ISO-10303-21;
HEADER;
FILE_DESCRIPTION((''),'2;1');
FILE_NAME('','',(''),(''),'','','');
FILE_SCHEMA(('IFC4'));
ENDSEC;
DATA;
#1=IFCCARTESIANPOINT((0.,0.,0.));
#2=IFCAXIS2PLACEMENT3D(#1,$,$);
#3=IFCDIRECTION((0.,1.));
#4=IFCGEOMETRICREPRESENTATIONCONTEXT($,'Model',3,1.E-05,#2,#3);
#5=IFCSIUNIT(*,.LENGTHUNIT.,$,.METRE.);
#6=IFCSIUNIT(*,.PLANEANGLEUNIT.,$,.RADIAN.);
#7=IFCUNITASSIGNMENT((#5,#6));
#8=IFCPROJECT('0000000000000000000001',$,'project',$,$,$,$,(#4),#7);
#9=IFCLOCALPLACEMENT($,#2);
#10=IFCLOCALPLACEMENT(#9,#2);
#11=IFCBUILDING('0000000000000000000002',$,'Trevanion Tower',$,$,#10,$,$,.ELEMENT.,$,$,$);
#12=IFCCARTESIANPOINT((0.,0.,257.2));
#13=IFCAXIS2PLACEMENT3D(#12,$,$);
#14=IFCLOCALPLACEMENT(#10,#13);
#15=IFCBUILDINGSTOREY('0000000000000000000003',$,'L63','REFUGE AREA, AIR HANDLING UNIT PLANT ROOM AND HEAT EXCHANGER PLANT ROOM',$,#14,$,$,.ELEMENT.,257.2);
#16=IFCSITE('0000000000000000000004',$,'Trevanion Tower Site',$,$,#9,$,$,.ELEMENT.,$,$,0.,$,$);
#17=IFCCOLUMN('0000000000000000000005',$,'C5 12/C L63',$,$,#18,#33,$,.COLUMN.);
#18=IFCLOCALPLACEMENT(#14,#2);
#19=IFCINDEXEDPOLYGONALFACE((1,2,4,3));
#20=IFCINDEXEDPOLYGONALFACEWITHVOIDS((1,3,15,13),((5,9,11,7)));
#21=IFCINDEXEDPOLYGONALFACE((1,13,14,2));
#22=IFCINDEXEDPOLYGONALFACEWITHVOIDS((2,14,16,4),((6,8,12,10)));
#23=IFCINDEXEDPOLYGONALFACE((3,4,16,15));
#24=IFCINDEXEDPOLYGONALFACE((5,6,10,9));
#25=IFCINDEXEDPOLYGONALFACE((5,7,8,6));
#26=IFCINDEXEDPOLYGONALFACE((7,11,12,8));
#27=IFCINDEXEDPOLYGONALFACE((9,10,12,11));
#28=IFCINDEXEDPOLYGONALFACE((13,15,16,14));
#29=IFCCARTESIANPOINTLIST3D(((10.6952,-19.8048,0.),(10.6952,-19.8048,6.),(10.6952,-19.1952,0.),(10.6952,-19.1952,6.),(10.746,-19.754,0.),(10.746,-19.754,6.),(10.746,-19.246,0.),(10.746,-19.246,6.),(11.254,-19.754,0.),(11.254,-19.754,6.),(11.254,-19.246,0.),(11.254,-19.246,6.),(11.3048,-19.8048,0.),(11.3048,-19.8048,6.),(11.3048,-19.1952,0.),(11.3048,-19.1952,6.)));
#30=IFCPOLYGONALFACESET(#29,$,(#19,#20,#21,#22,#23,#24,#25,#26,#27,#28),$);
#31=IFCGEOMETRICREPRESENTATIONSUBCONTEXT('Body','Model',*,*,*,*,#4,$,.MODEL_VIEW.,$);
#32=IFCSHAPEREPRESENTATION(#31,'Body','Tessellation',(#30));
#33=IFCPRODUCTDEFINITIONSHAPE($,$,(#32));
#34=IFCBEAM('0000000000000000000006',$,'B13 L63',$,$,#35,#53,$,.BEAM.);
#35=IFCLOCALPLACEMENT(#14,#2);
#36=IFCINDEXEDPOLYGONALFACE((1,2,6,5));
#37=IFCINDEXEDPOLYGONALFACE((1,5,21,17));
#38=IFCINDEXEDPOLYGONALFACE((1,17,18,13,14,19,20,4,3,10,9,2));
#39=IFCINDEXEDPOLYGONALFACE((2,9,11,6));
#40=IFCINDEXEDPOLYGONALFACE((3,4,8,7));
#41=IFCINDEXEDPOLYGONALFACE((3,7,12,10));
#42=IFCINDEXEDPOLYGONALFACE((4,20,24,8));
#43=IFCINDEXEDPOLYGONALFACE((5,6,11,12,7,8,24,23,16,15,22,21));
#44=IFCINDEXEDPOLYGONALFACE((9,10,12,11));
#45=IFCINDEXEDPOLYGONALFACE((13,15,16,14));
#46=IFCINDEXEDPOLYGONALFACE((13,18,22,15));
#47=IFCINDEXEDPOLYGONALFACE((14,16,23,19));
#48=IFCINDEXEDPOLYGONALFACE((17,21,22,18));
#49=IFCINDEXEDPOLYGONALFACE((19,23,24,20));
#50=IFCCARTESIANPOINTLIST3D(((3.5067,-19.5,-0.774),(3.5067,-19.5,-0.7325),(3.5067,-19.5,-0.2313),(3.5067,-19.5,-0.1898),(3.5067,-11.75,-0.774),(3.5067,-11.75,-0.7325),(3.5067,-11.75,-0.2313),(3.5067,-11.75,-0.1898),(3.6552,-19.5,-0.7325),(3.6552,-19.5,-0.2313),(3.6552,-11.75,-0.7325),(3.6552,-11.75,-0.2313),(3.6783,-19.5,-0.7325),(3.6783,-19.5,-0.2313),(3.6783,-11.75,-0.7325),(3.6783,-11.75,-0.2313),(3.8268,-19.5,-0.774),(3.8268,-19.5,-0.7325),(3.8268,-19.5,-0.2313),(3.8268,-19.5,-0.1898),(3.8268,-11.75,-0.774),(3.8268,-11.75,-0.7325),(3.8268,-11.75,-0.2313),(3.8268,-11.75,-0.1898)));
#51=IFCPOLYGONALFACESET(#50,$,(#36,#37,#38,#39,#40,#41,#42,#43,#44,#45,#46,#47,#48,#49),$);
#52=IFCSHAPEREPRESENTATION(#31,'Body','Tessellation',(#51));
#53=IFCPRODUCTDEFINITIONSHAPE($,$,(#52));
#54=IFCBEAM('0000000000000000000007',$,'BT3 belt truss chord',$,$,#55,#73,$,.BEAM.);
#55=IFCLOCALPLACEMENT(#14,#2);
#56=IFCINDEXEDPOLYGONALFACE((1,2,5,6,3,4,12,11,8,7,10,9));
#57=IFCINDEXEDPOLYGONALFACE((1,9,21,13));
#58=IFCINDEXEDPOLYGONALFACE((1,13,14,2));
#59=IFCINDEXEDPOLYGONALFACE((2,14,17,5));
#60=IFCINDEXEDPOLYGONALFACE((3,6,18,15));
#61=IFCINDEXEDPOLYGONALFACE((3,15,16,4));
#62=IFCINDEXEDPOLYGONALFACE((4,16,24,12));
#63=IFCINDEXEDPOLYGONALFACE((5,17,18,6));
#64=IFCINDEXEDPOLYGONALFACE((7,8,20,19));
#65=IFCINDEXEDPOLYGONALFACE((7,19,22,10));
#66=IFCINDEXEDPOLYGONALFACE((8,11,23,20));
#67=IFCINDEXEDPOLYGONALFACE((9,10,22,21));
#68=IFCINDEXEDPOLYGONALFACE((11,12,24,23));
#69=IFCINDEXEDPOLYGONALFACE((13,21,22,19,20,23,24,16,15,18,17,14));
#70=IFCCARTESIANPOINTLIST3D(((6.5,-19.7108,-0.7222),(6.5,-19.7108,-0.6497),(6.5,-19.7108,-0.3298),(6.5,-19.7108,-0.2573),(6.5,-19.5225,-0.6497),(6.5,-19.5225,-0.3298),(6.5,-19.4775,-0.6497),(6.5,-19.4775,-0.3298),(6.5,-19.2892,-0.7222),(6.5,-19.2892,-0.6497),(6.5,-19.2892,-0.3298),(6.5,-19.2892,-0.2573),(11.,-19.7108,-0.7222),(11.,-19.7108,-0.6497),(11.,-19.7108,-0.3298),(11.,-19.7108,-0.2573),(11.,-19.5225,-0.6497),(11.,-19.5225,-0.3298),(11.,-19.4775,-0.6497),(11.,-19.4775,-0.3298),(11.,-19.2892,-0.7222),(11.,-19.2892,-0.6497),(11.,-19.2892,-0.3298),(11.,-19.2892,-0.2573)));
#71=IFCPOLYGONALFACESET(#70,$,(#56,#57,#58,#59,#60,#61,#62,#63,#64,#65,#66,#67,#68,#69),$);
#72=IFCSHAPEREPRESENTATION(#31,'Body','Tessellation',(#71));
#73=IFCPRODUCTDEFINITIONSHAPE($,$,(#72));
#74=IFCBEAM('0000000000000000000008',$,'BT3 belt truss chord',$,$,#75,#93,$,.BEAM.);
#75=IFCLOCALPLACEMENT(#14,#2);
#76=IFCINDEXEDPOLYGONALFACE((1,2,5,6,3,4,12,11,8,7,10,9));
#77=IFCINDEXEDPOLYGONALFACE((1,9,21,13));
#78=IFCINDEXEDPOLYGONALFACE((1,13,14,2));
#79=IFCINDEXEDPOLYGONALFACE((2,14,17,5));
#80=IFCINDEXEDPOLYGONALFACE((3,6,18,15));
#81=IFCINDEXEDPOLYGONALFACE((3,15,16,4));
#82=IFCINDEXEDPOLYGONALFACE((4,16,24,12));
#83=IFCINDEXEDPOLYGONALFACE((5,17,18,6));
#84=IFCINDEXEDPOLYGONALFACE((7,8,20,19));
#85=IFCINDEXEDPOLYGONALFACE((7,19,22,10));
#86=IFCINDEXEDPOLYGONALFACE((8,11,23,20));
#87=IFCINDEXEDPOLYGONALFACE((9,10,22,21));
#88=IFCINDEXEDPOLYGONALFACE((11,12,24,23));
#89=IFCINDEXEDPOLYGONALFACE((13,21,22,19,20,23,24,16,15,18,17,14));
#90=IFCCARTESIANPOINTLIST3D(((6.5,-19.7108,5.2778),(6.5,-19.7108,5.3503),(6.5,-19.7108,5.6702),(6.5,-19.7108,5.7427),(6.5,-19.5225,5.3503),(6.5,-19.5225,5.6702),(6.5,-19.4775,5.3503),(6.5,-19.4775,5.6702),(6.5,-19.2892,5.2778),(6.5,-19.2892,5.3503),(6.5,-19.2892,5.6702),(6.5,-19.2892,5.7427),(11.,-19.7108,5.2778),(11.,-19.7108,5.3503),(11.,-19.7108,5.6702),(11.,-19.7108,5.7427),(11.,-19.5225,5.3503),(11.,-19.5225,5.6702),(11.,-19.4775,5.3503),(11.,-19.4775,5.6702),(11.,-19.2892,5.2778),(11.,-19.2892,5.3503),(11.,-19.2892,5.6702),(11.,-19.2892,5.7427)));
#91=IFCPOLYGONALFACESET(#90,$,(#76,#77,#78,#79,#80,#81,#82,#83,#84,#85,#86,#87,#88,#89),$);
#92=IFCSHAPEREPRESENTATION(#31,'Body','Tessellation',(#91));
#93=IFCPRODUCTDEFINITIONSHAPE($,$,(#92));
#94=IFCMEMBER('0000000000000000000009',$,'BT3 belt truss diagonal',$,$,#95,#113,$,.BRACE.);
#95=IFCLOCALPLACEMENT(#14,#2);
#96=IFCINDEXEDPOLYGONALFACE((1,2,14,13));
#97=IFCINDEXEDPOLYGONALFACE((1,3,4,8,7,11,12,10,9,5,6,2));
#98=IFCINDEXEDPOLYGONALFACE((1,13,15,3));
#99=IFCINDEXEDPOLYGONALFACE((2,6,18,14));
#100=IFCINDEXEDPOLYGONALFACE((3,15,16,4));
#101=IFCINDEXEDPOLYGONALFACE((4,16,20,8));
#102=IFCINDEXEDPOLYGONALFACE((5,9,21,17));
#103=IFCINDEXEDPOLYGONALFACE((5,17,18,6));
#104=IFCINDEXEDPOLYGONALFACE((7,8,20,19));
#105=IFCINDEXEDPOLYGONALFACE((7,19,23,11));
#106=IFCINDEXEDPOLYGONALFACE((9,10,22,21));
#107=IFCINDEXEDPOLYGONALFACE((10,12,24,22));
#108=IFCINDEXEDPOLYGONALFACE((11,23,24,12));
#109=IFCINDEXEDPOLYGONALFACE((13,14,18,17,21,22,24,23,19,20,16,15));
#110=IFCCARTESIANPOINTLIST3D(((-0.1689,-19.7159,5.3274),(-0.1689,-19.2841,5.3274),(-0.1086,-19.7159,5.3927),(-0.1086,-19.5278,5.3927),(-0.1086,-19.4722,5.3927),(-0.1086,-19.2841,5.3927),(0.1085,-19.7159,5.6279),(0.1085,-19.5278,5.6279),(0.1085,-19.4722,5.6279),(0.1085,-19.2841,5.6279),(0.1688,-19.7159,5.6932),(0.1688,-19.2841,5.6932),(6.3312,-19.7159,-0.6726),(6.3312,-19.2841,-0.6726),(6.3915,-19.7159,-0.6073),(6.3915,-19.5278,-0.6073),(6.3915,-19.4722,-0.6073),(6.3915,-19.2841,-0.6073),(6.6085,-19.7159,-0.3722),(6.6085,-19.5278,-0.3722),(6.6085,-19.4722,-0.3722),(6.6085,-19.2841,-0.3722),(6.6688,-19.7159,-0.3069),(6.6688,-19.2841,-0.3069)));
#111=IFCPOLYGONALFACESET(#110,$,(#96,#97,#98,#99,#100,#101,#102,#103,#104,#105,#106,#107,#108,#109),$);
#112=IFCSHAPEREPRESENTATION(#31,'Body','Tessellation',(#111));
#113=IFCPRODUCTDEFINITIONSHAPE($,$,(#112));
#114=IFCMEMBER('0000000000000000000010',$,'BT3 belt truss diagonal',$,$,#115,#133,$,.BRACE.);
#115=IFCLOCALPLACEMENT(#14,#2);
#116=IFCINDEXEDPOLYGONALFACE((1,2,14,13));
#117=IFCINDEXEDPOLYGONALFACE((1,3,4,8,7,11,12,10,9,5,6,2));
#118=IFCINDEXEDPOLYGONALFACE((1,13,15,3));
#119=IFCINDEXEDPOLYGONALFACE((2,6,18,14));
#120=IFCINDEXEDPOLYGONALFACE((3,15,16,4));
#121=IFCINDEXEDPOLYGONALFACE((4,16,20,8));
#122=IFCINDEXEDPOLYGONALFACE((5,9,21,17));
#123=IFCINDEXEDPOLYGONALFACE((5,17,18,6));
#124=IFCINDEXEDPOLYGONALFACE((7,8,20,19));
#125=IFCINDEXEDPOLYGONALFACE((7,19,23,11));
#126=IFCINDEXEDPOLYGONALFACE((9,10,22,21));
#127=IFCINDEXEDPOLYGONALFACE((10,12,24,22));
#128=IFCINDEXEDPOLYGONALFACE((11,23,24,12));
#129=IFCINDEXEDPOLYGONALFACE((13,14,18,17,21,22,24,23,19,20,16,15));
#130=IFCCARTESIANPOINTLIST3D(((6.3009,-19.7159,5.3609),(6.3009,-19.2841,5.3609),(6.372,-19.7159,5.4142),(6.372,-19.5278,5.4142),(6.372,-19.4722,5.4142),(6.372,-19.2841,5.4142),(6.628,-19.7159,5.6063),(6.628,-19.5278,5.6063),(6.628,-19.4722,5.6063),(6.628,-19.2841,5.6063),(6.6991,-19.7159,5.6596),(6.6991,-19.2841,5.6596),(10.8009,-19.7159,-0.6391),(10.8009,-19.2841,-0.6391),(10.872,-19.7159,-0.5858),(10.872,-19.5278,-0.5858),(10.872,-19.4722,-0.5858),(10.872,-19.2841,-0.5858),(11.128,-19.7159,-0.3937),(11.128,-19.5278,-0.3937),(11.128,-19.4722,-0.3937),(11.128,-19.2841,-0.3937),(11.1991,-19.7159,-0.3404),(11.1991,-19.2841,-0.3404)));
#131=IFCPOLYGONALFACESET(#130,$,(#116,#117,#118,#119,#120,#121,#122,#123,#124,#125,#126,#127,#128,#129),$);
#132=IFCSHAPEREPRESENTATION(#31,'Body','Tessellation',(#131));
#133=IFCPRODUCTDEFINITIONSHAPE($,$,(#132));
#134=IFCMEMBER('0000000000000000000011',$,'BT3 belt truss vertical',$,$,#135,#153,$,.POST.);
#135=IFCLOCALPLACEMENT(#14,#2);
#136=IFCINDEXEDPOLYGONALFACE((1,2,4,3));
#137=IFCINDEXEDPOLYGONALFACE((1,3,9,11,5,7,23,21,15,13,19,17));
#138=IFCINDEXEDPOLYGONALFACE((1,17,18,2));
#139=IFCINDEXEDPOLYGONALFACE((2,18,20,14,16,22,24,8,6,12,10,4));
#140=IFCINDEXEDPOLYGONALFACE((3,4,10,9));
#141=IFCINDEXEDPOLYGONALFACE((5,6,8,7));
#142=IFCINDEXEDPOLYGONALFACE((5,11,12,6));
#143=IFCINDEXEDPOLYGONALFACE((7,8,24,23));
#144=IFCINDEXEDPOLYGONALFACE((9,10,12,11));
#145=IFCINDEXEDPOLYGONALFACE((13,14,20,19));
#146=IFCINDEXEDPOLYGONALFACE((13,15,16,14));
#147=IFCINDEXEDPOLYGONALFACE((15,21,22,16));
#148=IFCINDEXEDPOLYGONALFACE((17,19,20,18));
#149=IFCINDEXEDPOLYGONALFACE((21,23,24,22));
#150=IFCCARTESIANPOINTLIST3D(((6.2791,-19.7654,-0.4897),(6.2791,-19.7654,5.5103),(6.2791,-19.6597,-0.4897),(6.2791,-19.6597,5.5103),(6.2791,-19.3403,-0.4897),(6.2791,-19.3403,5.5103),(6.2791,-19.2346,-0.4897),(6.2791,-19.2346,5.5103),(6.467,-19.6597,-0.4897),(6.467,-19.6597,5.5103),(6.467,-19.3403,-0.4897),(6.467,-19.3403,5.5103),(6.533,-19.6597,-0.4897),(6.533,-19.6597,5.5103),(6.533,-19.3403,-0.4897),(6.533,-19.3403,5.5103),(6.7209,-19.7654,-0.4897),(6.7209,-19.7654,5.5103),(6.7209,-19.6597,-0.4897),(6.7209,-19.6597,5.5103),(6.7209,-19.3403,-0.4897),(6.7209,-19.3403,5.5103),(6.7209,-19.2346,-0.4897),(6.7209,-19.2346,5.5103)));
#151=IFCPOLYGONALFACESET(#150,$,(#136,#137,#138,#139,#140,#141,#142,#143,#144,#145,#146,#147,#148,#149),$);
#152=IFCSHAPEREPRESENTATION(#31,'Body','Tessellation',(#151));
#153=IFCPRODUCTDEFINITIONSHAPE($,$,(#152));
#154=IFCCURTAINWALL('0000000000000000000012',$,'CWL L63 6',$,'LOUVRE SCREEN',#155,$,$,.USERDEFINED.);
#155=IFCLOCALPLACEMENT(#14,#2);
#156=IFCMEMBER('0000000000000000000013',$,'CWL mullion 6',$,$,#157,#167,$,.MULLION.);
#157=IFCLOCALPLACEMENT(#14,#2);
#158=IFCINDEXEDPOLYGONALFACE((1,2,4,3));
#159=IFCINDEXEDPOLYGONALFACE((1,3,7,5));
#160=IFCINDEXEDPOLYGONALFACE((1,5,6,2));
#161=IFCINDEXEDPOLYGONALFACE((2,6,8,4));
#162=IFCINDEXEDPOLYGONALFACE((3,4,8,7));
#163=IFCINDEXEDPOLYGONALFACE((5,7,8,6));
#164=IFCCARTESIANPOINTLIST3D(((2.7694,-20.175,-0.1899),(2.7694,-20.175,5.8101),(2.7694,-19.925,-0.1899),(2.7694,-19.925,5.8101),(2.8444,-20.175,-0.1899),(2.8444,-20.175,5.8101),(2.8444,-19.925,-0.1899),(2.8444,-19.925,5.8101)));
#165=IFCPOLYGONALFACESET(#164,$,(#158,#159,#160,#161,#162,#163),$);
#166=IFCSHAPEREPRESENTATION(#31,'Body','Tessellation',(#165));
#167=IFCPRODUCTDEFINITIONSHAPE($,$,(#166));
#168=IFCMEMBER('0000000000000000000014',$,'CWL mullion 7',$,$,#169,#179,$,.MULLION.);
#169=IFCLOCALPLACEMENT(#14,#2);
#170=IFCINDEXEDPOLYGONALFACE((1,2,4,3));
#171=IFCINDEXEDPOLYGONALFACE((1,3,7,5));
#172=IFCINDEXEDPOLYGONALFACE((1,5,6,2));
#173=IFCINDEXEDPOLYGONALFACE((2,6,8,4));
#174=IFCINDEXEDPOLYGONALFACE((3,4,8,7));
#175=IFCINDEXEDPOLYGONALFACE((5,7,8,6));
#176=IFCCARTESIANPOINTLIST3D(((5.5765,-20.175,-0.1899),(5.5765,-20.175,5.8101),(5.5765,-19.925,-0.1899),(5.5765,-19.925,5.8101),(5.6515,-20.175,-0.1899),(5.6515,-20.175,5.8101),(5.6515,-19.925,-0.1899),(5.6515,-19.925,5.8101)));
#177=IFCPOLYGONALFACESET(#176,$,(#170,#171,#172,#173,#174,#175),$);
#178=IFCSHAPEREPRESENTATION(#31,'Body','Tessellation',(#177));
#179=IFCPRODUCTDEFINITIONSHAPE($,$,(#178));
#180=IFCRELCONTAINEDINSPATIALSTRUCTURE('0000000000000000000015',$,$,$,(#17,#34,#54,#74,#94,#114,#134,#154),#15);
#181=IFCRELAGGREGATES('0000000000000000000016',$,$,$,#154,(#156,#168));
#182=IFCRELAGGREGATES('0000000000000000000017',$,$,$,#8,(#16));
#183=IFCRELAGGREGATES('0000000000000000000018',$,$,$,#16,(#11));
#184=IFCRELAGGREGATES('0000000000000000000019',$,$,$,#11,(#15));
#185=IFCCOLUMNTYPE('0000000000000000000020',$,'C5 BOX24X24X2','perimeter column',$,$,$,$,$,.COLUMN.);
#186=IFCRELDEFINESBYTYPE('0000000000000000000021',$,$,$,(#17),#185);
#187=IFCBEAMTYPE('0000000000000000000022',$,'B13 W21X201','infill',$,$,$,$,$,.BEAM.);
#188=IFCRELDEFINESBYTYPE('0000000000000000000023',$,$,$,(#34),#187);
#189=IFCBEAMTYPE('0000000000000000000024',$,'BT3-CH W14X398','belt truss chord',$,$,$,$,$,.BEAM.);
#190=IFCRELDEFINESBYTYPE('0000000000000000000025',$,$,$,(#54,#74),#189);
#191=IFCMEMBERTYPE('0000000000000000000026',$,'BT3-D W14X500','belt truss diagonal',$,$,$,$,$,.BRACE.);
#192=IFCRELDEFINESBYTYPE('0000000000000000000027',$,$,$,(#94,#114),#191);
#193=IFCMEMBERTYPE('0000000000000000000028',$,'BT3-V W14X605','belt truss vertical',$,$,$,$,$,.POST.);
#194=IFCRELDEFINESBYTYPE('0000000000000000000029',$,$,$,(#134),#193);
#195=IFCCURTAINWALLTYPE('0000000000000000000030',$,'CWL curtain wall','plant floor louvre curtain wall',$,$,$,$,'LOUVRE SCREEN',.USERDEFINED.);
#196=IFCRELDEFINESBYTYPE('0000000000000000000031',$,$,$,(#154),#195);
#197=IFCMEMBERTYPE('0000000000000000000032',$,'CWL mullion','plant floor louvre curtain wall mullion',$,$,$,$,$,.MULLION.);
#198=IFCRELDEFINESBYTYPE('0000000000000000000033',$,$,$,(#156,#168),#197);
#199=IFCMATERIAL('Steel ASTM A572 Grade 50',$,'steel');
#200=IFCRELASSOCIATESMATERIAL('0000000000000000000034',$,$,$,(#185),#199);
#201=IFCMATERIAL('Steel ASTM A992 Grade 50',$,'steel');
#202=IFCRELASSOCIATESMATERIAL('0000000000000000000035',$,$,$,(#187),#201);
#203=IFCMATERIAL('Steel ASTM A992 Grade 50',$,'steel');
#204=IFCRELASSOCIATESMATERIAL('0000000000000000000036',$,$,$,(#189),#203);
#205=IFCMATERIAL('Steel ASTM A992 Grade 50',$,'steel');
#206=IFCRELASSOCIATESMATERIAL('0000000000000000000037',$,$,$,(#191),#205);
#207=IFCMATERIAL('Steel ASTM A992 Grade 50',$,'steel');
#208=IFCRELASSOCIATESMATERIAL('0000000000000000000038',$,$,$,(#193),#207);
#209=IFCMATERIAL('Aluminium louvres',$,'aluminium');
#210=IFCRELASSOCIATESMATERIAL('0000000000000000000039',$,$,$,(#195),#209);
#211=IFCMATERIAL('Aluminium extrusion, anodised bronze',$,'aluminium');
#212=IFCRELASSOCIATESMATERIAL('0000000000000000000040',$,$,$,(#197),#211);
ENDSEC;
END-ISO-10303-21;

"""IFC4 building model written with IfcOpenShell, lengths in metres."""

from ifc_helpers import new_model, si_unit, direction, frame, origin, origin_2d, place, context, subcontext, project, spatial, rectangle, hollow_rectangle, i_section, extrude, material, material_profile, profile_set, type_object, element, aggregate, save


model = new_model("IFC4")

# Units and contexts
model_context = context("Model", 3, precision=1e-05, world=origin(), true_north=direction((0.0, 1.0)))
body_context = subcontext(model_context, "Body", "Model", "MODEL_VIEW")
ifc_project = project(units=[si_unit("LENGTHUNIT", "METRE"), si_unit("PLANEANGLEUNIT", "RADIAN")], contexts=[model_context])

# Site, building, storey
site_placement = place(None, origin())
site = spatial("IfcSite", under=ifc_project, at=site_placement, Name="Trevanion Tower Site", CompositionType="ELEMENT", RefElevation=0.0)
building_placement = place(site_placement, origin())
building = spatial("IfcBuilding", under=site, at=building_placement, Name="Trevanion Tower", CompositionType="ELEMENT")
storey_placement = place(building_placement, frame((0.0, 0.0, 257.2)))
storey = spatial("IfcBuildingStorey", under=building, at=storey_placement, Name="L63", Description="REFUGE AREA, AIR HANDLING UNIT PLANT ROOM AND HEAT EXCHANGER PLANT ROOM", CompositionType="ELEMENT", Elevation=257.2)

# Column
ifc_material_1 = material(Name="Steel ASTM A572 Grade 50", Category="steel")
ifc_material_profile_1 = material_profile(ifc_material_1, hollow_rectangle(XDim=0.6096, YDim=0.6096, WallThickness=0.0508, at=origin_2d()), Name="BOX24X24X2")
ifc_profile_set_1 = profile_set([ifc_material_profile_1], Name="Steel ASTM A572 Grade 50")
column_type = type_object("IfcColumnType", Name="C5 BOX24X24X2", Description="perimeter column", PredefinedType="COLUMN", material=ifc_profile_set_1)
column_placement = place(storey_placement, frame((11.0, -19.5, 0.0), z_axis=(0.0, 0.0, 1.0), x_axis=(1.0, 0.0, 0.0)))
element("IfcColumn", 1, at=column_placement, inside=storey, type_object=column_type, Name="C5 12/C L63", PredefinedType="COLUMN", context=body_context, shape_type="SweptSolid", body=[
    extrude(hollow_rectangle(XDim=0.6096, YDim=0.6096, WallThickness=0.0508, at=origin_2d()), origin(), (0.0, 0.0, 1.0), 6.0),
])

# Beams
ifc_material_2 = material(Name="Steel ASTM A992 Grade 50", Category="steel")
ifc_material_profile_2 = material_profile(ifc_material_2, i_section(OverallWidth=0.3201, OverallDepth=0.5842, WebThickness=0.0232, FlangeThickness=0.0415, at=origin_2d()), Name="W21X201")
ifc_profile_set_2 = profile_set([ifc_material_profile_2], Name="Steel ASTM A992 Grade 50")
beam_type_1 = type_object("IfcBeamType", Name="B13 W21X201", Description="infill", PredefinedType="BEAM", material=ifc_profile_set_2)
beam_1_placement = place(storey_placement, frame((3.6667, -11.75, -0.4819), z_axis=(0.0, -1.0, 0.0), x_axis=(1.0, 0.0, 0.0)))
element("IfcBeam", 2, at=beam_1_placement, inside=storey, type_object=beam_type_1, Name="B13 L63", PredefinedType="BEAM", context=body_context, shape_type="SweptSolid", body=[
    extrude(i_section(OverallWidth=0.3201, OverallDepth=0.5842, WebThickness=0.0232, FlangeThickness=0.0415, at=origin_2d()), origin(), (0.0, 0.0, 1.0), 7.75),
])
ifc_material_3 = material(Name="Steel ASTM A992 Grade 50", Category="steel")
ifc_material_profile_3 = material_profile(ifc_material_3, i_section(OverallWidth=0.4216, OverallDepth=0.4648, WebThickness=0.0449, FlangeThickness=0.0725, at=origin_2d()), Name="W14X398")
ifc_profile_set_3 = profile_set([ifc_material_profile_3], Name="Steel ASTM A992 Grade 50")
beam_type_2 = type_object("IfcBeamType", Name="BT3-CH W14X398", Description="belt truss chord", PredefinedType="BEAM", material=ifc_profile_set_3)
for number, where, z_axis, x_axis, name in (
    (3, (6.5, -19.5, -0.4897), (1.0, 0.0, 0.0), (0.0, 1.0, 0.0), "BT3 belt truss chord"),
    (4, (6.5, -19.5, 5.5103), (1.0, 0.0, 0.0), (0.0, 1.0, 0.0), "BT3 belt truss chord"),
):
    element("IfcBeam", number, at=place(storey_placement, frame(where, z_axis=z_axis, x_axis=x_axis)), inside=storey, type_object=beam_type_2, Name=name, PredefinedType="BEAM", context=body_context, shape_type="SweptSolid", body=[
        extrude(i_section(OverallWidth=0.4216, OverallDepth=0.4648, WebThickness=0.0449, FlangeThickness=0.0725, at=origin_2d()), origin(), (0.0, 0.0, 1.0), 4.5),
    ])

# Members
ifc_material_4 = material(Name="Steel ASTM A992 Grade 50", Category="steel")
ifc_material_profile_4 = material_profile(ifc_material_4, i_section(OverallWidth=0.4319, OverallDepth=0.4978, WebThickness=0.0557, FlangeThickness=0.0889, at=origin_2d()), Name="W14X500")
ifc_profile_set_4 = profile_set([ifc_material_profile_4], Name="Steel ASTM A992 Grade 50")
member_type_1 = type_object("IfcMemberType", Name="BT3-D W14X500", Description="belt truss diagonal", PredefinedType="BRACE", material=ifc_profile_set_4)
member_1_placement = place(storey_placement, frame((6.5, -19.5, -0.4897), z_axis=(-0.734803, 0.0, 0.67828), x_axis=(0.0, -1.0, 0.0)))
element("IfcMember", 5, at=member_1_placement, inside=storey, type_object=member_type_1, Name="BT3 belt truss diagonal", PredefinedType="BRACE", context=body_context, shape_type="SweptSolid", body=[
    extrude(i_section(OverallWidth=0.4319, OverallDepth=0.4978, WebThickness=0.0557, FlangeThickness=0.0889, at=origin_2d()), origin(), (0.0, 0.0, 1.0), 8.8459),
])
member_2_placement = place(storey_placement, frame((11.0, -19.5, -0.4897), z_axis=(-0.6, 0.0, 0.8), x_axis=(0.0, -1.0, 0.0)))
element("IfcMember", 6, at=member_2_placement, inside=storey, type_object=member_type_1, Name="BT3 belt truss diagonal", PredefinedType="BRACE", context=body_context, shape_type="SweptSolid", body=[
    extrude(i_section(OverallWidth=0.4319, OverallDepth=0.4978, WebThickness=0.0557, FlangeThickness=0.0889, at=origin_2d()), origin(), (0.0, 0.0, 1.0), 7.5),
])
ifc_material_5 = material(Name="Steel ASTM A992 Grade 50", Category="steel")
ifc_material_profile_5 = material_profile(ifc_material_5, i_section(OverallWidth=0.4419, OverallDepth=0.5308, WebThickness=0.0659, FlangeThickness=0.1057, at=origin_2d()), Name="W14X605")
ifc_profile_set_5 = profile_set([ifc_material_profile_5], Name="Steel ASTM A992 Grade 50")
member_type_2 = type_object("IfcMemberType", Name="BT3-V W14X605", Description="belt truss vertical", PredefinedType="POST", material=ifc_profile_set_5)
member_3_placement = place(storey_placement, frame((6.5, -19.5, -0.4897), z_axis=(0.0, 0.0, 1.0), x_axis=(1.0, 0.0, 0.0)))
element("IfcMember", 7, at=member_3_placement, inside=storey, type_object=member_type_2, Name="BT3 belt truss vertical", PredefinedType="POST", context=body_context, shape_type="SweptSolid", body=[
    extrude(i_section(OverallWidth=0.4419, OverallDepth=0.5308, WebThickness=0.0659, FlangeThickness=0.1057, at=origin_2d()), origin(), (0.0, 0.0, 1.0), 6.0),
])

# Curtain wall, members
ifc_material_6 = material(Name="Aluminium louvres", Category="aluminium")
curtain_wall_type = type_object("IfcCurtainWallType", Name="CWL curtain wall", Description="plant floor louvre curtain wall", ElementType="LOUVRE SCREEN", PredefinedType="USERDEFINED", material=ifc_material_6)
curtain_wall_placement = place(storey_placement, origin())
curtain_wall = element("IfcCurtainWall", 8, at=curtain_wall_placement, inside=storey, type_object=curtain_wall_type, Name="CWL L63 6", ObjectType="LOUVRE SCREEN", PredefinedType="USERDEFINED")
ifc_material_7 = material(Name="Aluminium extrusion, anodised bronze", Category="aluminium")
ifc_material_profile_6 = material_profile(ifc_material_7, rectangle(XDim=0.075, YDim=0.25, at=origin_2d()), Name="CWL mullion")
ifc_profile_set_6 = profile_set([ifc_material_profile_6], Name="Aluminium extrusion, anodised bronze")
member_type_3 = type_object("IfcMemberType", Name="CWL mullion", Description="plant floor louvre curtain wall mullion", PredefinedType="MULLION", material=ifc_profile_set_6)
member_4_placement = place(storey_placement, frame((2.8069, -20.05, -0.1899), z_axis=(0.0, 0.0, 1.0), x_axis=(1.0, 0.0, 0.0)))
member_4 = element("IfcMember", 9, at=member_4_placement, type_object=member_type_3, Name="CWL mullion 6", PredefinedType="MULLION", context=body_context, shape_type="SweptSolid", body=[
    extrude(rectangle(XDim=0.075, YDim=0.25, at=origin_2d()), origin(), (0.0, 0.0, 1.0), 6.0),
])
member_5_placement = place(storey_placement, frame((5.614, -20.05, -0.1899), z_axis=(0.0, 0.0, 1.0), x_axis=(1.0, 0.0, 0.0)))
member_5 = element("IfcMember", 10, at=member_5_placement, type_object=member_type_3, Name="CWL mullion 7", PredefinedType="MULLION", context=body_context, shape_type="SweptSolid", body=[
    extrude(rectangle(XDim=0.075, YDim=0.25, at=origin_2d()), origin(), (0.0, 0.0, 1.0), 6.0),
])

aggregate(curtain_wall, [member_4, member_5])

save(model, "model.ifc")
